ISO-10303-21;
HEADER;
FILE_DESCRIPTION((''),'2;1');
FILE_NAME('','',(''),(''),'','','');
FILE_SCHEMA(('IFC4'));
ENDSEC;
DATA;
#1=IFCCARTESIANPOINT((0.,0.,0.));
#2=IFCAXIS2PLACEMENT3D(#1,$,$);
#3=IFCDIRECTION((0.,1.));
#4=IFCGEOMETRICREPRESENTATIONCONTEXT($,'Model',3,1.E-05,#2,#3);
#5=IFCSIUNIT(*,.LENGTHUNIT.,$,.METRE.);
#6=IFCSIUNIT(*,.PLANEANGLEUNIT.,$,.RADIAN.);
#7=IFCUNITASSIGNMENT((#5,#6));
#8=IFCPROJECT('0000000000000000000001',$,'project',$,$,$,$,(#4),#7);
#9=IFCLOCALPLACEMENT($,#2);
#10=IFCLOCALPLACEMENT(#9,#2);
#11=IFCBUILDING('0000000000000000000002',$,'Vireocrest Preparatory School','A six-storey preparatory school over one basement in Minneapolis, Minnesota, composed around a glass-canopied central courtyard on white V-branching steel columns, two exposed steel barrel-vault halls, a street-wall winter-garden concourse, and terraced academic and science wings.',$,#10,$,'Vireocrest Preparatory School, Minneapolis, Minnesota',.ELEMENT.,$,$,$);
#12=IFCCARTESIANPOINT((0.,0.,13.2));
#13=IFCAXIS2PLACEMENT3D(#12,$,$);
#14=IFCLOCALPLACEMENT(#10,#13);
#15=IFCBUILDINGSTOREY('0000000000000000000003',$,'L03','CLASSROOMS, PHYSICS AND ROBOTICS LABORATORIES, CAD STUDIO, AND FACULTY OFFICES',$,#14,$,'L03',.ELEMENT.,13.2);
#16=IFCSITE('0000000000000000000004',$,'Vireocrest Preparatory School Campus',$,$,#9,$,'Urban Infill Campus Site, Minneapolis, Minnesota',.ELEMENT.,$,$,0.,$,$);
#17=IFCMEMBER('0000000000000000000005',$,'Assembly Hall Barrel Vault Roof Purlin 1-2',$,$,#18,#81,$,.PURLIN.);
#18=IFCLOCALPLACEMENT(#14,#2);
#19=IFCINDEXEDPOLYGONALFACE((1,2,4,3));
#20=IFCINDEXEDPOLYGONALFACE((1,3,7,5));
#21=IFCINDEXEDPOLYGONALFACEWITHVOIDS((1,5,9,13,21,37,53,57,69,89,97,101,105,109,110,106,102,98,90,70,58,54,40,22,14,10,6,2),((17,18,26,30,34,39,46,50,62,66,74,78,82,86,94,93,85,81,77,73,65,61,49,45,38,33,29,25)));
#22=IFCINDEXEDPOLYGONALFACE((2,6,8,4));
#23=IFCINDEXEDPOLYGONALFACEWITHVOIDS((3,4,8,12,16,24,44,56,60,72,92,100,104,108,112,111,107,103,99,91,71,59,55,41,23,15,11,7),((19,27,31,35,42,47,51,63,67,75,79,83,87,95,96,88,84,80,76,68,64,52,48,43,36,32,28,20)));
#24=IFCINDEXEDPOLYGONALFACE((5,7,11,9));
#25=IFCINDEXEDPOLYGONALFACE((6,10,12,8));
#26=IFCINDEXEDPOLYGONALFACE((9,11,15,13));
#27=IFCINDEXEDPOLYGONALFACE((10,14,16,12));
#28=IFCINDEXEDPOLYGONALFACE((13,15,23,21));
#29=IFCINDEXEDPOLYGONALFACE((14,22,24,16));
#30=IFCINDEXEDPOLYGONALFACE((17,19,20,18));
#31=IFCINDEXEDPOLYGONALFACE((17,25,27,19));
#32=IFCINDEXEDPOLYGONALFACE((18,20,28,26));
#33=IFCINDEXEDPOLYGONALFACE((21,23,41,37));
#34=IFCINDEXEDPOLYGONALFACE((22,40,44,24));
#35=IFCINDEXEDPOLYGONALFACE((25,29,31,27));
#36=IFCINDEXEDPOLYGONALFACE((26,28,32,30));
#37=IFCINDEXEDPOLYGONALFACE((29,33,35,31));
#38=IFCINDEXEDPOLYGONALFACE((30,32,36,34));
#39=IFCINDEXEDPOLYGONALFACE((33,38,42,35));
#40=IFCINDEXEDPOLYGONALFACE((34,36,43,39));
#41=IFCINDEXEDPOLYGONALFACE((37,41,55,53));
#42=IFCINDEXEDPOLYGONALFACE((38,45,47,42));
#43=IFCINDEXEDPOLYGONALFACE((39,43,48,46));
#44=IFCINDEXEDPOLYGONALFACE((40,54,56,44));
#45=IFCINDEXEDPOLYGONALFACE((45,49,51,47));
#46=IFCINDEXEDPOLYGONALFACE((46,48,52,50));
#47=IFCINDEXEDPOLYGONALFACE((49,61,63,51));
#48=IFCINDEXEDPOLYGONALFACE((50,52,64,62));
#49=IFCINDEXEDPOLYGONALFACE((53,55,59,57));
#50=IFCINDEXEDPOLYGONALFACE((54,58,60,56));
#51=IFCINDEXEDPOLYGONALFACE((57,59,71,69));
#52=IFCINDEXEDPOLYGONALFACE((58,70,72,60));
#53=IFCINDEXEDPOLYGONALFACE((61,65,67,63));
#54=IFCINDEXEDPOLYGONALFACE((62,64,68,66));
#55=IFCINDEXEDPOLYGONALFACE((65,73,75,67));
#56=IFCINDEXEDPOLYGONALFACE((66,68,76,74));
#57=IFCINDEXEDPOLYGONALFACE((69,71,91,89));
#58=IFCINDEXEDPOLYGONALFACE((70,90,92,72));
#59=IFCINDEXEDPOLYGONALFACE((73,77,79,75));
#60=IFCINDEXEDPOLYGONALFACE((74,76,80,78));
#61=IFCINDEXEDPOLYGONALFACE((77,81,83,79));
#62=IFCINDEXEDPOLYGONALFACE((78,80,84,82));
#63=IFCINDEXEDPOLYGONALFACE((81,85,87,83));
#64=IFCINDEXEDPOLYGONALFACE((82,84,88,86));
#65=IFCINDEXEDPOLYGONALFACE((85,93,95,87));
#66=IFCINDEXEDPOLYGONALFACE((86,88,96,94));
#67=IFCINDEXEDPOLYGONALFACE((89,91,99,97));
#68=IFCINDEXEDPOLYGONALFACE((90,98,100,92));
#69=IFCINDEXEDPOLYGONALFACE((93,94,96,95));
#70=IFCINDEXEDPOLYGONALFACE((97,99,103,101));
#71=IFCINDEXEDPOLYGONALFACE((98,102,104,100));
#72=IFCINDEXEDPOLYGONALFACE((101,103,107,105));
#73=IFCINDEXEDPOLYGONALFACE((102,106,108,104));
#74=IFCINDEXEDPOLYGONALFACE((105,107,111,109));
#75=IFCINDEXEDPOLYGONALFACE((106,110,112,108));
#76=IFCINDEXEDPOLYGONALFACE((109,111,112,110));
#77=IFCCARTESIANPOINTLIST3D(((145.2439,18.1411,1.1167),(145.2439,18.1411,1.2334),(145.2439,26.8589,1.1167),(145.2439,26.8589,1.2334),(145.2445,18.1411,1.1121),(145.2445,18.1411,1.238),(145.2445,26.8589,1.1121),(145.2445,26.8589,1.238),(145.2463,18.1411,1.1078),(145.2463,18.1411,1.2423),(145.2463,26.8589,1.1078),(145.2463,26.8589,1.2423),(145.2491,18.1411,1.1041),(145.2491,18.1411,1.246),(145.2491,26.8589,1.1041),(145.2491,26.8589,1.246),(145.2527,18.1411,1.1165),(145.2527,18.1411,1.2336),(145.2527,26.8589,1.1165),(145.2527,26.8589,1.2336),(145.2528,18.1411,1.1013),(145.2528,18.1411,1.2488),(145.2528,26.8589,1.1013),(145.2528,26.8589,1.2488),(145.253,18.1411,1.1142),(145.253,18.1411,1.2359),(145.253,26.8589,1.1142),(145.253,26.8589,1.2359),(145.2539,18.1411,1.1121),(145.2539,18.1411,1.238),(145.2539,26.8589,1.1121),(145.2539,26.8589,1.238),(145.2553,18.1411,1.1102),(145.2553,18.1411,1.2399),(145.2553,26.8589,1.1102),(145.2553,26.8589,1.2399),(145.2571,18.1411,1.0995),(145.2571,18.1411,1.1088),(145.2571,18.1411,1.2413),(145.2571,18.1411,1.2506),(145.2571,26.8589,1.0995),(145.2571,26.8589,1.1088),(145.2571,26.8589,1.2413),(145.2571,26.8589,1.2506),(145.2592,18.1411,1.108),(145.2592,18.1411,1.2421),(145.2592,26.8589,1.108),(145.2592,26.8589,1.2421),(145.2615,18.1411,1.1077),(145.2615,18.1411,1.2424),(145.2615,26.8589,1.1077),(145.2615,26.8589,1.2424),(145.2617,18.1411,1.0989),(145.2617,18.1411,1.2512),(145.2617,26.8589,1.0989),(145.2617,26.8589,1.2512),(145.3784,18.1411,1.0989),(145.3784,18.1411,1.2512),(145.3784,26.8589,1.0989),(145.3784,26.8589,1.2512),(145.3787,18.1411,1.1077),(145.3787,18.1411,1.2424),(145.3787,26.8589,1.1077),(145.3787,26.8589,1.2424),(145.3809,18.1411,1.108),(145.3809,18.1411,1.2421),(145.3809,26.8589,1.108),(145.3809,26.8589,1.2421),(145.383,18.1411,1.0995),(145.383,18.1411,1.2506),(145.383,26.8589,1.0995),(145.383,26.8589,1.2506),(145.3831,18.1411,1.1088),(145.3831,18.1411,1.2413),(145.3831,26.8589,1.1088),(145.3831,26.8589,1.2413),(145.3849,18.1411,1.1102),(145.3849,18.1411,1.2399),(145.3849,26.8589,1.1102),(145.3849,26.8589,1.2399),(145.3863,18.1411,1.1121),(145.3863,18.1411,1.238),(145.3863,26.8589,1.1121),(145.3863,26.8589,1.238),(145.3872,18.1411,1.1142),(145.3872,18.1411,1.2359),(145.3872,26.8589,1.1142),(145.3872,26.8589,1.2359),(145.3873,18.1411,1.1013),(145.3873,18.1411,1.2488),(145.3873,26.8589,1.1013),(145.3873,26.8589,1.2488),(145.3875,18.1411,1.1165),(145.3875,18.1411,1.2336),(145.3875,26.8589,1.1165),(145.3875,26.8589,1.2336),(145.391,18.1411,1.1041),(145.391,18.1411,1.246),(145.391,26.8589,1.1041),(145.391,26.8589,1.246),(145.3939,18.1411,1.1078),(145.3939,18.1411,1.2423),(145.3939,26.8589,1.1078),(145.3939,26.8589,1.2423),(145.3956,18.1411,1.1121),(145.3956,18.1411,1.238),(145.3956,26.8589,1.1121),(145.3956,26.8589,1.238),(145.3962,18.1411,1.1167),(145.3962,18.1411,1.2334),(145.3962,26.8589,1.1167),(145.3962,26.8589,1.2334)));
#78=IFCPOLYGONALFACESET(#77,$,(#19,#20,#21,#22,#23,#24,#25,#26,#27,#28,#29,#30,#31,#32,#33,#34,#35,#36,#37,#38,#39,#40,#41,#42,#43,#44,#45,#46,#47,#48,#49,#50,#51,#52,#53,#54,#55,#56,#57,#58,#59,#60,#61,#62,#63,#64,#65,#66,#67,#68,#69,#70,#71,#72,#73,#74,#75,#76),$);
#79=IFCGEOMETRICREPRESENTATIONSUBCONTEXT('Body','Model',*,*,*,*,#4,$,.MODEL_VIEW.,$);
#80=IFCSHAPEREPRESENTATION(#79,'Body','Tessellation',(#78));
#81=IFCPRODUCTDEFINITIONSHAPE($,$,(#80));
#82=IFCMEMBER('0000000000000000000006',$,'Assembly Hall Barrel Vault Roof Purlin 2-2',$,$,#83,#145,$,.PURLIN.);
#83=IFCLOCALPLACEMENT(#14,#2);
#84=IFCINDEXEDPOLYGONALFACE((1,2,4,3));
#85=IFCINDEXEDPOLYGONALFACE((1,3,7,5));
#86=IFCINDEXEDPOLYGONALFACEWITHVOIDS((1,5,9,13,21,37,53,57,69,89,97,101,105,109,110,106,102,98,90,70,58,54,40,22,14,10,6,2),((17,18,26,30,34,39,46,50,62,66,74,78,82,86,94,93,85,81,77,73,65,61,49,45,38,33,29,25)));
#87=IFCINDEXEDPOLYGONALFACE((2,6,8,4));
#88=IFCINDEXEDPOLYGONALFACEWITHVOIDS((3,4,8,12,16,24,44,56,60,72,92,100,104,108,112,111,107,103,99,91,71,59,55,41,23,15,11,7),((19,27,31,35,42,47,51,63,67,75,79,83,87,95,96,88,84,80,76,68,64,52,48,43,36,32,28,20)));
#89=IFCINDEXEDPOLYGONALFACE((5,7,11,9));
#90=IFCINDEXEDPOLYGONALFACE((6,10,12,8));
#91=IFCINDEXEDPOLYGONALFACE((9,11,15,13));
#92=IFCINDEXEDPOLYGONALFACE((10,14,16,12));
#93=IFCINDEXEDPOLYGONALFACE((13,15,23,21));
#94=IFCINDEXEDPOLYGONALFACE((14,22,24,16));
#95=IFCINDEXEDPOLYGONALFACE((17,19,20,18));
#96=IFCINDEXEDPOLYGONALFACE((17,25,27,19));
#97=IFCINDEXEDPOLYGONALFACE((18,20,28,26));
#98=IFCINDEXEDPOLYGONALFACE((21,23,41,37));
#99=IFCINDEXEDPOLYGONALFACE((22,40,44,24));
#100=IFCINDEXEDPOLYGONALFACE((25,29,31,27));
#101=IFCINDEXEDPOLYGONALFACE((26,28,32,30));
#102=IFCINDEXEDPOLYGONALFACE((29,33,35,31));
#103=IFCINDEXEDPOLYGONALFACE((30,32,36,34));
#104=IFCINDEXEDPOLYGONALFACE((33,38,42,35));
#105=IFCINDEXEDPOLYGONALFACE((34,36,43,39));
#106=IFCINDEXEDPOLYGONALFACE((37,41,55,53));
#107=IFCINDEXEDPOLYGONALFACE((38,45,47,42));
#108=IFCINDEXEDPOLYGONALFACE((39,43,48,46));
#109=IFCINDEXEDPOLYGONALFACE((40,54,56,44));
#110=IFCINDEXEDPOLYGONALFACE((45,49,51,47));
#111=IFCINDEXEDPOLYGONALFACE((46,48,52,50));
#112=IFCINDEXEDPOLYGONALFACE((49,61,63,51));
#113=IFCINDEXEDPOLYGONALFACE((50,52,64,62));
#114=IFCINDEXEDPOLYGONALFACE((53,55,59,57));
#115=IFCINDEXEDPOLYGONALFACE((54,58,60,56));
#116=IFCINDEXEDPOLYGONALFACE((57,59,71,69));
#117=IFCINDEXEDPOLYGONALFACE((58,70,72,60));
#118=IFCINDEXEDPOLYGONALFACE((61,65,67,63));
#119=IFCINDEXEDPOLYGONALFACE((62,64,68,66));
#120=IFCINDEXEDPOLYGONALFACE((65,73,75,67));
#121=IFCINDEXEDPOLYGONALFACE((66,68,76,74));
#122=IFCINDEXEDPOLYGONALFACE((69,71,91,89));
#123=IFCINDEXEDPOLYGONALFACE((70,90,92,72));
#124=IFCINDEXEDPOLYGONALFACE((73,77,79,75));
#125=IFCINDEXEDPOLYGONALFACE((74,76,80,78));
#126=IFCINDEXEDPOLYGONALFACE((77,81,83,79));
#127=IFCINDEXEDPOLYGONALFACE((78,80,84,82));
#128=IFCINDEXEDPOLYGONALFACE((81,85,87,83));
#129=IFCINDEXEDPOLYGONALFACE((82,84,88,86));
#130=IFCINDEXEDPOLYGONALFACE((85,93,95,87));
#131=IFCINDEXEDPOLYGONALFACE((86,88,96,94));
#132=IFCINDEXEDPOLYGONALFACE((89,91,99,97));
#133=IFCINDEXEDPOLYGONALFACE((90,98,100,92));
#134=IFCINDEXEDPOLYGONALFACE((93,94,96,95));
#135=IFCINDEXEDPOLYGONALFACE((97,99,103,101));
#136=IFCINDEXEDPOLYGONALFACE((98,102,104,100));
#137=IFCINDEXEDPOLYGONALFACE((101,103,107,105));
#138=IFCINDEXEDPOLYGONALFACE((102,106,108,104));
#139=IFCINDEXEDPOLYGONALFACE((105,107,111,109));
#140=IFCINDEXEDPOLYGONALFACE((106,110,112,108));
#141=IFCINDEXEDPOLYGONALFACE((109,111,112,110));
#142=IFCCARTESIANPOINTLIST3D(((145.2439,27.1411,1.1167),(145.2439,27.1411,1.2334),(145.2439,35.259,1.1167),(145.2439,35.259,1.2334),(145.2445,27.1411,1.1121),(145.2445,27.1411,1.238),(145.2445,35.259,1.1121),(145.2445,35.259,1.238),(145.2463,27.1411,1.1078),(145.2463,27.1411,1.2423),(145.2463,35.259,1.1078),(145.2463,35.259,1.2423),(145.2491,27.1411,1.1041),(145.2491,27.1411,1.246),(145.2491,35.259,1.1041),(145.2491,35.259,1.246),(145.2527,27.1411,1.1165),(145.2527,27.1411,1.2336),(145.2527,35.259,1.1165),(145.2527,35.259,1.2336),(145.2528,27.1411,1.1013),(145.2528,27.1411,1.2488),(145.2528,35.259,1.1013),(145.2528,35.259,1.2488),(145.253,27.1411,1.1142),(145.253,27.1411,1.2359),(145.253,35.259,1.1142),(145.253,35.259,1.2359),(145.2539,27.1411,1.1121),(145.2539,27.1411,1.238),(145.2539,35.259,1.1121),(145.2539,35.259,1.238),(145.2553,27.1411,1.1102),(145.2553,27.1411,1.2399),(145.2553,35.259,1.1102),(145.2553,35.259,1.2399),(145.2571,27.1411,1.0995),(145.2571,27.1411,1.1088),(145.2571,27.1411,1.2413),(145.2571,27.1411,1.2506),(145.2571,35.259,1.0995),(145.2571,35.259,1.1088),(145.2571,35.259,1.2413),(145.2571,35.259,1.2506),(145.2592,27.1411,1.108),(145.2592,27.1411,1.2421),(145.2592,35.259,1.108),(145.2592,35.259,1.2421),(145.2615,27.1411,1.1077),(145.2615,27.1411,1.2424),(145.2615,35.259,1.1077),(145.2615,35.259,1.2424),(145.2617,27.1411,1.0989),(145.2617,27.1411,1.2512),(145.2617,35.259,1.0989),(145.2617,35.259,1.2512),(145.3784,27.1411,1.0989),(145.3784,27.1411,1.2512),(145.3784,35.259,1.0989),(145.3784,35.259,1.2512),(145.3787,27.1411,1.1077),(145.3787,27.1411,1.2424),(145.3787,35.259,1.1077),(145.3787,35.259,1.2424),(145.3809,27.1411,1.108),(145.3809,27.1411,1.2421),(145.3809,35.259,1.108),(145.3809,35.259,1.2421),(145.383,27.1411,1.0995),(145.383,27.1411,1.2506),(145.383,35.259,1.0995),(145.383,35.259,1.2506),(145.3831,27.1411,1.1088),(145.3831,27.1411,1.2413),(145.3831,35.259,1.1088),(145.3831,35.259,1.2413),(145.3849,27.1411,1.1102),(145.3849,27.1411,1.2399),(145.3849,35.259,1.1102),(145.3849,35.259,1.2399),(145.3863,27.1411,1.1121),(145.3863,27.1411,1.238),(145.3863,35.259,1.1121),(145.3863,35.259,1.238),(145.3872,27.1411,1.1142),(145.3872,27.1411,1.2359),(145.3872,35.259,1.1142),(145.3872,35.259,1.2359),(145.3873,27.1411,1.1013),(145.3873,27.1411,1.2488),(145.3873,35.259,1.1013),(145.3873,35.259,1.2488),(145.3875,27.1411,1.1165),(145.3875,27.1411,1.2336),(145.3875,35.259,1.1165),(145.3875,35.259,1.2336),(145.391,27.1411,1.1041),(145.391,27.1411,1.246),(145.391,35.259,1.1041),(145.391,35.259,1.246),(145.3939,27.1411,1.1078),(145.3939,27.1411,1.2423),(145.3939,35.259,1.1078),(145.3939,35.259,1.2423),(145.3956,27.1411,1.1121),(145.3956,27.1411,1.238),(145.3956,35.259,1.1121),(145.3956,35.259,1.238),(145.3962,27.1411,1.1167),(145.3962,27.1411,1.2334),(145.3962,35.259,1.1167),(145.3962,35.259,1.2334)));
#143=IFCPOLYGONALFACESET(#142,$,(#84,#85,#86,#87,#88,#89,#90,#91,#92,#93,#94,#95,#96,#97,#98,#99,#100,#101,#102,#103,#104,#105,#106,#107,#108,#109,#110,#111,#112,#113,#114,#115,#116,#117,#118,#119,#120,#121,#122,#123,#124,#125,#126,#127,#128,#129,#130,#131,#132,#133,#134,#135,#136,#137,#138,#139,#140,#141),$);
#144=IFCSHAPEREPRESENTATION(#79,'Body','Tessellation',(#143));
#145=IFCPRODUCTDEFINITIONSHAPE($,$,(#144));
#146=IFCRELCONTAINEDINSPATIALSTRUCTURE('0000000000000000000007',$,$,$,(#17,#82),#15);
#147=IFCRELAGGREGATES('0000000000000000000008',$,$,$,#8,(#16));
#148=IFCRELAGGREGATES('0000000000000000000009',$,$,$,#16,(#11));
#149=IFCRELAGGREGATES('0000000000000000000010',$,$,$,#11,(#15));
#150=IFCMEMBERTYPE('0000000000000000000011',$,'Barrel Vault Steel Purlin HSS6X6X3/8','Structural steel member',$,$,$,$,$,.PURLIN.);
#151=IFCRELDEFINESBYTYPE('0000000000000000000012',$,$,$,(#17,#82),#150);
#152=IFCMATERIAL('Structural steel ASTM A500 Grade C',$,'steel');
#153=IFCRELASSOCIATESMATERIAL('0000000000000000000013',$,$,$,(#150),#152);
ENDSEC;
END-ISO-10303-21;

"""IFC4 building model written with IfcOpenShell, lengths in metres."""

from ifc_helpers import new_model, si_unit, direction, frame, origin, origin_2d, place, context, subcontext, project, spatial, hollow_rectangle, extrude, material, material_profile, profile_set, type_object, element, save


model = new_model("IFC4")

# Units and contexts
model_context = context("Model", 3, precision=1e-05, world=origin(), true_north=direction((0.0, 1.0)))
body_context = subcontext(model_context, "Body", "Model", "MODEL_VIEW")
ifc_project = project(units=[si_unit("LENGTHUNIT", "METRE"), si_unit("PLANEANGLEUNIT", "RADIAN")], contexts=[model_context])

# Site, building, storey
site_placement = place(None, origin())
site = spatial("IfcSite", under=ifc_project, at=site_placement, Name="Vireocrest Preparatory School Campus", LongName="Urban Infill Campus Site, Minneapolis, Minnesota", CompositionType="ELEMENT", RefElevation=0.0)
building_placement = place(site_placement, origin())
building = spatial("IfcBuilding", under=site, at=building_placement, Name="Vireocrest Preparatory School", Description="A six-storey preparatory school over one basement in Minneapolis, Minnesota, composed around a glass-canopied central courtyard on white V-branching steel columns, two exposed steel barrel-vault halls, a street-wall winter-garden concourse, and terraced academic and science wings.", LongName="Vireocrest Preparatory School, Minneapolis, Minnesota", CompositionType="ELEMENT")
storey_placement = place(building_placement, frame((0.0, 0.0, 13.2)))
storey = spatial("IfcBuildingStorey", under=building, at=storey_placement, Name="L03", Description="CLASSROOMS, PHYSICS AND ROBOTICS LABORATORIES, CAD STUDIO, AND FACULTY OFFICES", LongName="L03", CompositionType="ELEMENT", Elevation=13.2)

# Members
ifc_material_1 = material(Name="Structural steel ASTM A500 Grade C", Category="steel")
ifc_material_profile_1 = material_profile(ifc_material_1, hollow_rectangle(XDim=0.1523, YDim=0.1523, WallThickness=0.0088, InnerFilletRadius=0.0088, OuterFilletRadius=0.0178, at=origin_2d()), Name="HSS6X6X3/8")
ifc_profile_set_1 = profile_set([ifc_material_profile_1], Name="Structural steel ASTM A500 Grade C")
member_type_1 = type_object("IfcMemberType", Name="Barrel Vault Steel Purlin HSS6X6X3/8", Description="Structural steel member", PredefinedType="PURLIN", material=ifc_profile_set_1)
member_1_placement = place(storey_placement, frame((145.3201, 18.1411, 1.175), z_axis=(0.0, 1.0, 0.0), x_axis=(-1.0, 0.0, 0.0)))
element("IfcMember", 1, at=member_1_placement, inside=storey, type_object=member_type_1, Name="Assembly Hall Barrel Vault Roof Purlin 1-2", PredefinedType="PURLIN", context=body_context, shape_type="SweptSolid", body=[
    extrude(hollow_rectangle(XDim=0.1523, YDim=0.1523, WallThickness=0.0088, InnerFilletRadius=0.0088, OuterFilletRadius=0.0178, at=origin_2d()), origin(), (0.0, 0.0, 1.0), 8.7178),
])
for number, where, z_axis, x_axis, name in (
    (2, (145.3201, 27.1411, 1.175), (0.0, 1.0, 0.0), (-1.0, 0.0, 0.0), "Assembly Hall Barrel Vault Roof Purlin 2-2"),
):
    element("IfcMember", number, at=place(storey_placement, frame(where, z_axis=z_axis, x_axis=x_axis)), inside=storey, type_object=member_type_1, Name=name, PredefinedType="PURLIN", context=body_context, shape_type="SweptSolid", body=[
        extrude(hollow_rectangle(XDim=0.1523, YDim=0.1523, WallThickness=0.0088, InnerFilletRadius=0.0088, OuterFilletRadius=0.0178, at=origin_2d()), origin(), (0.0, 0.0, 1.0), 8.1179),
    ])

save(model, "model.ifc")
